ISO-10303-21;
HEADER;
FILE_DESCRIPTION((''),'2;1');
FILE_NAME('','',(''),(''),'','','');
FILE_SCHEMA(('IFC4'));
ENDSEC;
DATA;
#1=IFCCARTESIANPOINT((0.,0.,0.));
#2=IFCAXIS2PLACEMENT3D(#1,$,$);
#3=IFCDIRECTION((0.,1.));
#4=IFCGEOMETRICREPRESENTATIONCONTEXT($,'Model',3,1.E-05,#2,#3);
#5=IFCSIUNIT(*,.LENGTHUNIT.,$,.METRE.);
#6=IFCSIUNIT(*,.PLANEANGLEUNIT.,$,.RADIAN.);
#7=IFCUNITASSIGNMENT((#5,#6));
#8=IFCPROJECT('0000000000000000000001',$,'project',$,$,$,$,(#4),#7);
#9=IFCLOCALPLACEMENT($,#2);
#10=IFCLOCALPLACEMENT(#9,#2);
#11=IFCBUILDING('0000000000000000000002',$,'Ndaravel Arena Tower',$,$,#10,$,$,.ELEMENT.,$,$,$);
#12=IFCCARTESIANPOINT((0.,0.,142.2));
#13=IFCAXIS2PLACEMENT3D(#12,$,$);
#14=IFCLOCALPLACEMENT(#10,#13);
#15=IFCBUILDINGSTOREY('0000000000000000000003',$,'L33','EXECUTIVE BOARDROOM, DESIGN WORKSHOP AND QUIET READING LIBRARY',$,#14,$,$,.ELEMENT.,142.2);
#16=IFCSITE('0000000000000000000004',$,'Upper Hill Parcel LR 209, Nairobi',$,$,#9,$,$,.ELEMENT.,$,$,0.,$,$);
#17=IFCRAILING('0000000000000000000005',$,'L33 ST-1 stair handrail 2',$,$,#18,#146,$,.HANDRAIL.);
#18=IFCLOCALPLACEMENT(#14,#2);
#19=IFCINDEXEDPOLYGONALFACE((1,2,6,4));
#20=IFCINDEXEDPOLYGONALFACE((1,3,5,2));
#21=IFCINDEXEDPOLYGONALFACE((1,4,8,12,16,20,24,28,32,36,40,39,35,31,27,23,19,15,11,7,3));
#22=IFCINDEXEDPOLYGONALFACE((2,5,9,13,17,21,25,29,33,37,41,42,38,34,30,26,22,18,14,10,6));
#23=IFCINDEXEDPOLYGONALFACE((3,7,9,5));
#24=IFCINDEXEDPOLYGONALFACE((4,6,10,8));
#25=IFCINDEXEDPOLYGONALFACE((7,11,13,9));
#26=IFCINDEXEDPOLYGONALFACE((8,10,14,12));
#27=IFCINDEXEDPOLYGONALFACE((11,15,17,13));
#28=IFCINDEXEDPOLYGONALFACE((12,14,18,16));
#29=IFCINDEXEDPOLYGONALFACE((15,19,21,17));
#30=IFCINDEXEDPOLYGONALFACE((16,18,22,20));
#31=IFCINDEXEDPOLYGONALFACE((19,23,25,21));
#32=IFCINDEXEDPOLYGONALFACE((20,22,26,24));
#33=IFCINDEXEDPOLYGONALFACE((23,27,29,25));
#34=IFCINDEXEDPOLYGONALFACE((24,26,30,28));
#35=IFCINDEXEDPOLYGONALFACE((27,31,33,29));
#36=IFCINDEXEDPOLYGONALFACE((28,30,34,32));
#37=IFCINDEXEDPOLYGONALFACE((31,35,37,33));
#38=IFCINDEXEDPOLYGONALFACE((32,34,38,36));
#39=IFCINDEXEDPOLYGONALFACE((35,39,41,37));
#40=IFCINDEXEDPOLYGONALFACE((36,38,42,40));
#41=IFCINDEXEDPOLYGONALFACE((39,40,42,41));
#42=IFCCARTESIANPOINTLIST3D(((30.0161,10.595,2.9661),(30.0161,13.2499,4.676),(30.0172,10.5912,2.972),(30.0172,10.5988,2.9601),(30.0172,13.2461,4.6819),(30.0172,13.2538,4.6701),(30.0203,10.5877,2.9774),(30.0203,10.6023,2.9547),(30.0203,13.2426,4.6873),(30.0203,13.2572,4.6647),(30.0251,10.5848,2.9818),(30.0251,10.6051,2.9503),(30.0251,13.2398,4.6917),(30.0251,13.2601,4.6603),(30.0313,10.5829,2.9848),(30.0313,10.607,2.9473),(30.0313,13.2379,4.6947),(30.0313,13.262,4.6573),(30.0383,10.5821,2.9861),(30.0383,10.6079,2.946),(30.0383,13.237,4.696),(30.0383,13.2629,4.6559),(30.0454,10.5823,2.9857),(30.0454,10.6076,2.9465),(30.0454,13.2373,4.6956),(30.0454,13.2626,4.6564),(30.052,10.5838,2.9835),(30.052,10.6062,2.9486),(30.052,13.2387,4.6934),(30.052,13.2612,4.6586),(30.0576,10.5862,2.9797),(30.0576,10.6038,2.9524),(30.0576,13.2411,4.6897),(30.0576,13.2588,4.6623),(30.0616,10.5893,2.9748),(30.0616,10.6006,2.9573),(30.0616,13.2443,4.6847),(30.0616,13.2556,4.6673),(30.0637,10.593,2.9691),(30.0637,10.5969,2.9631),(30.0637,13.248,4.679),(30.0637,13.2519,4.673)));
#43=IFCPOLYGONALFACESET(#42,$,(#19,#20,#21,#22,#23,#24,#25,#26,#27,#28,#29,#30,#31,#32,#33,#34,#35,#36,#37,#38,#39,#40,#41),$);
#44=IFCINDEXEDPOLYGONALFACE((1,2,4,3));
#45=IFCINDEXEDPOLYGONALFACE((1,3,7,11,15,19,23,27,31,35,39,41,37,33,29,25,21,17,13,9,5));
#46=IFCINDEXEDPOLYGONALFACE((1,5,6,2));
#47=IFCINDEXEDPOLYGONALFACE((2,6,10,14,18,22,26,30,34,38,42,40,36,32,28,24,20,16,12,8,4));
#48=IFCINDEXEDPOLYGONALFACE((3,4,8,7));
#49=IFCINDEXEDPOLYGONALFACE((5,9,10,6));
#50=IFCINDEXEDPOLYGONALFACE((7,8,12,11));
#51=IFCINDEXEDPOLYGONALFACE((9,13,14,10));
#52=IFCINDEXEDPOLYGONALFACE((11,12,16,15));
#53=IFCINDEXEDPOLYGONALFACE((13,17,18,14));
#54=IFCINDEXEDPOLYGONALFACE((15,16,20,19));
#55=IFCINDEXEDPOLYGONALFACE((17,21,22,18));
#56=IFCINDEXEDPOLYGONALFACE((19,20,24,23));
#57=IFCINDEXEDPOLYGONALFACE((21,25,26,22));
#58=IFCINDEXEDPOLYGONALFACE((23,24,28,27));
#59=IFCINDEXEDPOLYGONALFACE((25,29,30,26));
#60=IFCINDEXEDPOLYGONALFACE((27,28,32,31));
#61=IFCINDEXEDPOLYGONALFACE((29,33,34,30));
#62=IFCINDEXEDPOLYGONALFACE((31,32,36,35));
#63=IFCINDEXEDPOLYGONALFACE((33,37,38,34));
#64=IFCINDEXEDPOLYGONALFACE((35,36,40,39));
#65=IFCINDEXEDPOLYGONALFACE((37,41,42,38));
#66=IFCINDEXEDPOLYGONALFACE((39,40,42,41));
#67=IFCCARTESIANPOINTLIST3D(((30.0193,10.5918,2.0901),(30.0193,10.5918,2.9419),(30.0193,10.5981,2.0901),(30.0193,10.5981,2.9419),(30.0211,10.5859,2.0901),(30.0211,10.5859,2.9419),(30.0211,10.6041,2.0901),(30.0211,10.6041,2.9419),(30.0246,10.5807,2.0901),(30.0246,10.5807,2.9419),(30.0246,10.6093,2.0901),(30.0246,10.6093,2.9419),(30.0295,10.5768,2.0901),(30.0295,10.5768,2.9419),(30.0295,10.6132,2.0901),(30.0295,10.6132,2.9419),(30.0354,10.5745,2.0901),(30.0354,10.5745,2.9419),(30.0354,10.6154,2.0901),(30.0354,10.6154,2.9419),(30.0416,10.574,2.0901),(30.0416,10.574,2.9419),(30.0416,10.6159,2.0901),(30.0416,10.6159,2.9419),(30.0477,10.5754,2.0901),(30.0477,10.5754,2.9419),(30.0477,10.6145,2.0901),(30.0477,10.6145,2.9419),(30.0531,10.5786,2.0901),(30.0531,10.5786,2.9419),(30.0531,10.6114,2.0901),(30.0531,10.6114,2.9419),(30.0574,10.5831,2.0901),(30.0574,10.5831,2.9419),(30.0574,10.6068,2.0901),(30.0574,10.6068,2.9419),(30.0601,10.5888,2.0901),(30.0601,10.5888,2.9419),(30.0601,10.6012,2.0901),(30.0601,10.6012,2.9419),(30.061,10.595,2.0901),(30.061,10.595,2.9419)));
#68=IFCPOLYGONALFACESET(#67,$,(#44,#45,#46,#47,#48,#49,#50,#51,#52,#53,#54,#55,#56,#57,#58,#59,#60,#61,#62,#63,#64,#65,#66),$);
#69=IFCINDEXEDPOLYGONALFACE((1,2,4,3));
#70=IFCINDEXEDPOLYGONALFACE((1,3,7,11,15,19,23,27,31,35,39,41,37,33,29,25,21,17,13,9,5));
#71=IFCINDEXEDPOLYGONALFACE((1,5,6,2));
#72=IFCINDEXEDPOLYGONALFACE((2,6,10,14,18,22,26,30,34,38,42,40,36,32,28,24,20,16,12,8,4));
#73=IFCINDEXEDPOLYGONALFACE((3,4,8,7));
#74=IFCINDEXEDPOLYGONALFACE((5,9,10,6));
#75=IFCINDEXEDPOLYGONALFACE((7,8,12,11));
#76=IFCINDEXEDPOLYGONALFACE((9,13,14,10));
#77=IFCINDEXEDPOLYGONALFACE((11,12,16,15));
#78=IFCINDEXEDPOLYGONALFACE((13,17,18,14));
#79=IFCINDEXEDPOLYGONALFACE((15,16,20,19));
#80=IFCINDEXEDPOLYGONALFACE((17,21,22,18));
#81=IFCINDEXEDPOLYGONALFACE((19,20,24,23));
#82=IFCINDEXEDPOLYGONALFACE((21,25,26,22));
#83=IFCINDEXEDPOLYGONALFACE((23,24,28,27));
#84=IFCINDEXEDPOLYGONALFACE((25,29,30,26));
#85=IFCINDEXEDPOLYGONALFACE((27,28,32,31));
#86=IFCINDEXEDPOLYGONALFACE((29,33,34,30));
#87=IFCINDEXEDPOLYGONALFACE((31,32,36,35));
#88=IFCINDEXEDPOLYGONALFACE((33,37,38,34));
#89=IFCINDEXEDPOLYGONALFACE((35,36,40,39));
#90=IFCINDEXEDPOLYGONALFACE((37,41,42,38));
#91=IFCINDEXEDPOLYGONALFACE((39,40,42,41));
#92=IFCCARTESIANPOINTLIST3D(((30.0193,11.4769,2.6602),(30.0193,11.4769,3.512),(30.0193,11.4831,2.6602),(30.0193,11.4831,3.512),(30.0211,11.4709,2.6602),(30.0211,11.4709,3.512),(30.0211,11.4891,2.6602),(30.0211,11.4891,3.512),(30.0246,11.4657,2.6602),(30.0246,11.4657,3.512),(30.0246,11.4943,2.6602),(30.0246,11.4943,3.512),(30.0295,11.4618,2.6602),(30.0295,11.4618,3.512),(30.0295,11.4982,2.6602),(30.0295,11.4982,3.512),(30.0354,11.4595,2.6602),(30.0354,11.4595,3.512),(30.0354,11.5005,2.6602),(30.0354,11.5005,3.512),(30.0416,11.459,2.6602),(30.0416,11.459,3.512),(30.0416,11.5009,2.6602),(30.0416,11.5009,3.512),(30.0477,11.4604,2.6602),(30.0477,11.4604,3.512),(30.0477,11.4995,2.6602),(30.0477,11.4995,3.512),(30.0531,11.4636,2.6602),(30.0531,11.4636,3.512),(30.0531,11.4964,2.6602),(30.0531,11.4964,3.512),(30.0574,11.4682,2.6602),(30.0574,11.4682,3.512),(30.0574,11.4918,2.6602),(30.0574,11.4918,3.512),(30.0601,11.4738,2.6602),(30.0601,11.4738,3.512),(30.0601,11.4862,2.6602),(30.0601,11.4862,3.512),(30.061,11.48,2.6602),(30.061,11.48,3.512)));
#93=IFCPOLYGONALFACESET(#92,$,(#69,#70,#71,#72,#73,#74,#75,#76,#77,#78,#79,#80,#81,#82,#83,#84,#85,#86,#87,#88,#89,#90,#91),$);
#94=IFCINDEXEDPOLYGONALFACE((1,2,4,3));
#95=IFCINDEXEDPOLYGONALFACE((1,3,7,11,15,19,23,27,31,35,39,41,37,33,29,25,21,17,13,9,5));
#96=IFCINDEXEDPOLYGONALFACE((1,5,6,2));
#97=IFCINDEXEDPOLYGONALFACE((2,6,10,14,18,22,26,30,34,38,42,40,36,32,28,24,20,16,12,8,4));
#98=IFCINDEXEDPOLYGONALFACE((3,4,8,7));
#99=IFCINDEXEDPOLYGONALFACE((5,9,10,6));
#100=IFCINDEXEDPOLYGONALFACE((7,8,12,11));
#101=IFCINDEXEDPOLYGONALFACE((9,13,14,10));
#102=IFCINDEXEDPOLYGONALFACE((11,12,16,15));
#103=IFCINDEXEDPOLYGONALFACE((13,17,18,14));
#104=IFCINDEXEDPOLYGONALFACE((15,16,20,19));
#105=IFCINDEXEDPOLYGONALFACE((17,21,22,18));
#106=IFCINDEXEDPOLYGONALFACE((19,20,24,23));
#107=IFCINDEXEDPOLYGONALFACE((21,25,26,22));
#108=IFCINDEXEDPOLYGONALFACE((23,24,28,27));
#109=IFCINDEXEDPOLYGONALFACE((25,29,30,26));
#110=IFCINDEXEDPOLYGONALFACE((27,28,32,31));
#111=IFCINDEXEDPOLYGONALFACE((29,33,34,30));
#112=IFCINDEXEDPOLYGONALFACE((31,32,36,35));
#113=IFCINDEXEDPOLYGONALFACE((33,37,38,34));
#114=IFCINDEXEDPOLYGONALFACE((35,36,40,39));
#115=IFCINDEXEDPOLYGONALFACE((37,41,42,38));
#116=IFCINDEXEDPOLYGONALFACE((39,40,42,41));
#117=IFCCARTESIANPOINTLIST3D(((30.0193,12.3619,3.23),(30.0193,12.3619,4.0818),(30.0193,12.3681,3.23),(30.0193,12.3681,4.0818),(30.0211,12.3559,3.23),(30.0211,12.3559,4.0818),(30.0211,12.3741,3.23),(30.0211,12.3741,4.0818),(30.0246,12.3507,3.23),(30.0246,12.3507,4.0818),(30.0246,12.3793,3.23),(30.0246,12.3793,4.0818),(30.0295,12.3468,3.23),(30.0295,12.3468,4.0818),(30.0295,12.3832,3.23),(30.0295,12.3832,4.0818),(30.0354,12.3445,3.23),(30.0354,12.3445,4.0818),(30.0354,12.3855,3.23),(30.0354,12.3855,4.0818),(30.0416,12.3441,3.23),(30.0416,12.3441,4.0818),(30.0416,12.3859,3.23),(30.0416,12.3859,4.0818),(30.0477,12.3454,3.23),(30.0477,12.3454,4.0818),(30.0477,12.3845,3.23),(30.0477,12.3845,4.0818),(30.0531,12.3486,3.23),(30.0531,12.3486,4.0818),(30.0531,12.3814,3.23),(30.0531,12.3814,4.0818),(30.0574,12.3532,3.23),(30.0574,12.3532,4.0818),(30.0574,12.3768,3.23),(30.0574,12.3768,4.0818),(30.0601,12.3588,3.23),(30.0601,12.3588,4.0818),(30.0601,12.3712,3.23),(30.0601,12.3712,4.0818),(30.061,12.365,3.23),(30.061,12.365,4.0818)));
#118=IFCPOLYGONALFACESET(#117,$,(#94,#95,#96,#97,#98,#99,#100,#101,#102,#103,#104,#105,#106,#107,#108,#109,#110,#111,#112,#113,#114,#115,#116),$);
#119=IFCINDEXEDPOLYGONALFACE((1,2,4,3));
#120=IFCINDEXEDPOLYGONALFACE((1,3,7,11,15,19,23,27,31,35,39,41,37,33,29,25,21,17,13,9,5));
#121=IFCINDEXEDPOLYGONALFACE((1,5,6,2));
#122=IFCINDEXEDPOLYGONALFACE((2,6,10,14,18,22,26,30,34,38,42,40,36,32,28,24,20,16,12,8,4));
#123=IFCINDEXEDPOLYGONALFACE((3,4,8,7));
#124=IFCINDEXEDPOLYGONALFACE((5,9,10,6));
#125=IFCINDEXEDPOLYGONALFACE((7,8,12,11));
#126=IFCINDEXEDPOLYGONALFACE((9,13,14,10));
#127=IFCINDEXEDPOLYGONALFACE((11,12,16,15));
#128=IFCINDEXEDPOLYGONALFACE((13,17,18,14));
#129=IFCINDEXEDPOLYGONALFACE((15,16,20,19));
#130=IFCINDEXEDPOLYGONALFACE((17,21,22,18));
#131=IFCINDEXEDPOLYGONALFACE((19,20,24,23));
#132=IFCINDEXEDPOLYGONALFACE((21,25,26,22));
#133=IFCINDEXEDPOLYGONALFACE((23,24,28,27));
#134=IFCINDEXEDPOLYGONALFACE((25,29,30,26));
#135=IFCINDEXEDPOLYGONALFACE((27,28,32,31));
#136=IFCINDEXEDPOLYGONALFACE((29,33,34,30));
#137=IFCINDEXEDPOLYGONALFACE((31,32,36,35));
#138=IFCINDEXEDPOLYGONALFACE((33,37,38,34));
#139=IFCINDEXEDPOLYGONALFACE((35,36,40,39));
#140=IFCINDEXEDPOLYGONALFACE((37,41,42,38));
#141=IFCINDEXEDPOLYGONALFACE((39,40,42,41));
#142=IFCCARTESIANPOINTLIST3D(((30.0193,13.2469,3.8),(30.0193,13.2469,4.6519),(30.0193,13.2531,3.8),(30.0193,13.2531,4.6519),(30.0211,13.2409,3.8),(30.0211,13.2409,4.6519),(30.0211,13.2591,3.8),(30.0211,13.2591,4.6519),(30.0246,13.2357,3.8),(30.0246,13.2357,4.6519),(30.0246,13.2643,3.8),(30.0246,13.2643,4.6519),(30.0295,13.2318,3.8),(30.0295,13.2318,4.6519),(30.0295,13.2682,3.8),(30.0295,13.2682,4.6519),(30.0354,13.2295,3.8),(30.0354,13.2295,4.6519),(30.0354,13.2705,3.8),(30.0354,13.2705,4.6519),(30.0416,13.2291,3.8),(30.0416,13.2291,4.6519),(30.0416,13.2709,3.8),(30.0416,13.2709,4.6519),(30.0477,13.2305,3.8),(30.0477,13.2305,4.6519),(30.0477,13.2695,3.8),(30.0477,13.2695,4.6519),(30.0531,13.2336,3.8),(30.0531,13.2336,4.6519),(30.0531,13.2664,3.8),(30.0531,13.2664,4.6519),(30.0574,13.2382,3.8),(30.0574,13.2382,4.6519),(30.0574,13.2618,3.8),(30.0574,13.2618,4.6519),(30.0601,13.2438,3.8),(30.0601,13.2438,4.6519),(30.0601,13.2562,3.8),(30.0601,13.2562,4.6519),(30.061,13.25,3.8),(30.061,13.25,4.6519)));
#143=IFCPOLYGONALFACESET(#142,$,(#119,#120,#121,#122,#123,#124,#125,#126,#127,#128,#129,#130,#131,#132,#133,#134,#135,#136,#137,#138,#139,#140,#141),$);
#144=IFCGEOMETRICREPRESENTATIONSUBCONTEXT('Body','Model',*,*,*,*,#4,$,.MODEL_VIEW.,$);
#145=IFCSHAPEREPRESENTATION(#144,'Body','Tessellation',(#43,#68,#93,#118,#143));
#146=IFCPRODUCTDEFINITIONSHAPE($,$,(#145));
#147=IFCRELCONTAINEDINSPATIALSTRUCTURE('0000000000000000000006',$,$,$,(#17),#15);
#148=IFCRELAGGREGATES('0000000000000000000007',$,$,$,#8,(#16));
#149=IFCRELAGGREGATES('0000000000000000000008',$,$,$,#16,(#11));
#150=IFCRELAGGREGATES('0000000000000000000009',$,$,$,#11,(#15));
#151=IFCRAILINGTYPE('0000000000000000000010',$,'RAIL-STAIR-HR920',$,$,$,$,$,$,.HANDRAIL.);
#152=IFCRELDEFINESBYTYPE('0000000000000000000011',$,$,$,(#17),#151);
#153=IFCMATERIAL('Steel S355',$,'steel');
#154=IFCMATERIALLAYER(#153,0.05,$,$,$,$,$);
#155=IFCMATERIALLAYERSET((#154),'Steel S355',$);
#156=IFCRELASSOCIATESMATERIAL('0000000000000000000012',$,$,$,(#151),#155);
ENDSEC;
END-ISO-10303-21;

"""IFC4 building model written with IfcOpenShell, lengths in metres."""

from ifc_helpers import new_model, si_unit, direction, frame, origin, origin_2d, place, context, subcontext, project, spatial, circle, extrude, material, layer, layer_set, type_object, element, save


model = new_model("IFC4")

# Units and contexts
model_context = context("Model", 3, precision=1e-05, world=origin(), true_north=direction((0.0, 1.0)))
body_context = subcontext(model_context, "Body", "Model", "MODEL_VIEW")
ifc_project = project(units=[si_unit("LENGTHUNIT", "METRE"), si_unit("PLANEANGLEUNIT", "RADIAN")], contexts=[model_context])

# Site, building, storey
site_placement = place(None, origin())
site = spatial("IfcSite", under=ifc_project, at=site_placement, Name="Upper Hill Parcel LR 209, Nairobi", CompositionType="ELEMENT", RefElevation=0.0)
building_placement = place(site_placement, origin())
building = spatial("IfcBuilding", under=site, at=building_placement, Name="Ndaravel Arena Tower", CompositionType="ELEMENT")
storey_placement = place(building_placement, frame((0.0, 0.0, 142.2)))
storey = spatial("IfcBuildingStorey", under=building, at=storey_placement, Name="L33", Description="EXECUTIVE BOARDROOM, DESIGN WORKSHOP AND QUIET READING LIBRARY", CompositionType="ELEMENT", Elevation=142.2)

# Railing
ifc_material_1 = material(Name="Steel S355", Category="steel")
ifc_layer_1 = layer(ifc_material_1, 0.05)
ifc_layer_set_1 = layer_set([ifc_layer_1], Name="Steel S355")
railing_type_1 = type_object("IfcRailingType", Name="RAIL-STAIR-HR920", PredefinedType="HANDRAIL", material=ifc_layer_set_1)
railing_1_placement = place(storey_placement, frame((30.04, 10.595, 2.0901)))
element("IfcRailing", 1, at=railing_1_placement, inside=storey, type_object=railing_type_1, Name="L33 ST-1 stair handrail 2", PredefinedType="HANDRAIL", context=body_context, shape_type="SweptSolid", body=[
    extrude(circle(Radius=0.0239, at=origin_2d()), frame((0.0, 0.0, 0.876), z_axis=(0.0, 0.840724, 0.541465), x_axis=(-1.0, 0.0, 0.0)), (0.0, 0.0, 1.0), 3.158),
    extrude(circle(Radius=0.021, at=origin_2d()), origin(), (0.0, 0.0, 1.0), 0.8518),
    extrude(circle(Radius=0.021, at=origin_2d()), frame((0.0, 0.885, 0.5701)), (0.0, 0.0, 1.0), 0.8518),
    extrude(circle(Radius=0.021, at=origin_2d()), frame((0.0, 1.77, 1.1399)), (0.0, 0.0, 1.0), 0.8518),
    extrude(circle(Radius=0.021, at=origin_2d()), frame((0.0, 2.655, 1.71)), (0.0, 0.0, 1.0), 0.8518),
])

save(model, "model.ifc")
